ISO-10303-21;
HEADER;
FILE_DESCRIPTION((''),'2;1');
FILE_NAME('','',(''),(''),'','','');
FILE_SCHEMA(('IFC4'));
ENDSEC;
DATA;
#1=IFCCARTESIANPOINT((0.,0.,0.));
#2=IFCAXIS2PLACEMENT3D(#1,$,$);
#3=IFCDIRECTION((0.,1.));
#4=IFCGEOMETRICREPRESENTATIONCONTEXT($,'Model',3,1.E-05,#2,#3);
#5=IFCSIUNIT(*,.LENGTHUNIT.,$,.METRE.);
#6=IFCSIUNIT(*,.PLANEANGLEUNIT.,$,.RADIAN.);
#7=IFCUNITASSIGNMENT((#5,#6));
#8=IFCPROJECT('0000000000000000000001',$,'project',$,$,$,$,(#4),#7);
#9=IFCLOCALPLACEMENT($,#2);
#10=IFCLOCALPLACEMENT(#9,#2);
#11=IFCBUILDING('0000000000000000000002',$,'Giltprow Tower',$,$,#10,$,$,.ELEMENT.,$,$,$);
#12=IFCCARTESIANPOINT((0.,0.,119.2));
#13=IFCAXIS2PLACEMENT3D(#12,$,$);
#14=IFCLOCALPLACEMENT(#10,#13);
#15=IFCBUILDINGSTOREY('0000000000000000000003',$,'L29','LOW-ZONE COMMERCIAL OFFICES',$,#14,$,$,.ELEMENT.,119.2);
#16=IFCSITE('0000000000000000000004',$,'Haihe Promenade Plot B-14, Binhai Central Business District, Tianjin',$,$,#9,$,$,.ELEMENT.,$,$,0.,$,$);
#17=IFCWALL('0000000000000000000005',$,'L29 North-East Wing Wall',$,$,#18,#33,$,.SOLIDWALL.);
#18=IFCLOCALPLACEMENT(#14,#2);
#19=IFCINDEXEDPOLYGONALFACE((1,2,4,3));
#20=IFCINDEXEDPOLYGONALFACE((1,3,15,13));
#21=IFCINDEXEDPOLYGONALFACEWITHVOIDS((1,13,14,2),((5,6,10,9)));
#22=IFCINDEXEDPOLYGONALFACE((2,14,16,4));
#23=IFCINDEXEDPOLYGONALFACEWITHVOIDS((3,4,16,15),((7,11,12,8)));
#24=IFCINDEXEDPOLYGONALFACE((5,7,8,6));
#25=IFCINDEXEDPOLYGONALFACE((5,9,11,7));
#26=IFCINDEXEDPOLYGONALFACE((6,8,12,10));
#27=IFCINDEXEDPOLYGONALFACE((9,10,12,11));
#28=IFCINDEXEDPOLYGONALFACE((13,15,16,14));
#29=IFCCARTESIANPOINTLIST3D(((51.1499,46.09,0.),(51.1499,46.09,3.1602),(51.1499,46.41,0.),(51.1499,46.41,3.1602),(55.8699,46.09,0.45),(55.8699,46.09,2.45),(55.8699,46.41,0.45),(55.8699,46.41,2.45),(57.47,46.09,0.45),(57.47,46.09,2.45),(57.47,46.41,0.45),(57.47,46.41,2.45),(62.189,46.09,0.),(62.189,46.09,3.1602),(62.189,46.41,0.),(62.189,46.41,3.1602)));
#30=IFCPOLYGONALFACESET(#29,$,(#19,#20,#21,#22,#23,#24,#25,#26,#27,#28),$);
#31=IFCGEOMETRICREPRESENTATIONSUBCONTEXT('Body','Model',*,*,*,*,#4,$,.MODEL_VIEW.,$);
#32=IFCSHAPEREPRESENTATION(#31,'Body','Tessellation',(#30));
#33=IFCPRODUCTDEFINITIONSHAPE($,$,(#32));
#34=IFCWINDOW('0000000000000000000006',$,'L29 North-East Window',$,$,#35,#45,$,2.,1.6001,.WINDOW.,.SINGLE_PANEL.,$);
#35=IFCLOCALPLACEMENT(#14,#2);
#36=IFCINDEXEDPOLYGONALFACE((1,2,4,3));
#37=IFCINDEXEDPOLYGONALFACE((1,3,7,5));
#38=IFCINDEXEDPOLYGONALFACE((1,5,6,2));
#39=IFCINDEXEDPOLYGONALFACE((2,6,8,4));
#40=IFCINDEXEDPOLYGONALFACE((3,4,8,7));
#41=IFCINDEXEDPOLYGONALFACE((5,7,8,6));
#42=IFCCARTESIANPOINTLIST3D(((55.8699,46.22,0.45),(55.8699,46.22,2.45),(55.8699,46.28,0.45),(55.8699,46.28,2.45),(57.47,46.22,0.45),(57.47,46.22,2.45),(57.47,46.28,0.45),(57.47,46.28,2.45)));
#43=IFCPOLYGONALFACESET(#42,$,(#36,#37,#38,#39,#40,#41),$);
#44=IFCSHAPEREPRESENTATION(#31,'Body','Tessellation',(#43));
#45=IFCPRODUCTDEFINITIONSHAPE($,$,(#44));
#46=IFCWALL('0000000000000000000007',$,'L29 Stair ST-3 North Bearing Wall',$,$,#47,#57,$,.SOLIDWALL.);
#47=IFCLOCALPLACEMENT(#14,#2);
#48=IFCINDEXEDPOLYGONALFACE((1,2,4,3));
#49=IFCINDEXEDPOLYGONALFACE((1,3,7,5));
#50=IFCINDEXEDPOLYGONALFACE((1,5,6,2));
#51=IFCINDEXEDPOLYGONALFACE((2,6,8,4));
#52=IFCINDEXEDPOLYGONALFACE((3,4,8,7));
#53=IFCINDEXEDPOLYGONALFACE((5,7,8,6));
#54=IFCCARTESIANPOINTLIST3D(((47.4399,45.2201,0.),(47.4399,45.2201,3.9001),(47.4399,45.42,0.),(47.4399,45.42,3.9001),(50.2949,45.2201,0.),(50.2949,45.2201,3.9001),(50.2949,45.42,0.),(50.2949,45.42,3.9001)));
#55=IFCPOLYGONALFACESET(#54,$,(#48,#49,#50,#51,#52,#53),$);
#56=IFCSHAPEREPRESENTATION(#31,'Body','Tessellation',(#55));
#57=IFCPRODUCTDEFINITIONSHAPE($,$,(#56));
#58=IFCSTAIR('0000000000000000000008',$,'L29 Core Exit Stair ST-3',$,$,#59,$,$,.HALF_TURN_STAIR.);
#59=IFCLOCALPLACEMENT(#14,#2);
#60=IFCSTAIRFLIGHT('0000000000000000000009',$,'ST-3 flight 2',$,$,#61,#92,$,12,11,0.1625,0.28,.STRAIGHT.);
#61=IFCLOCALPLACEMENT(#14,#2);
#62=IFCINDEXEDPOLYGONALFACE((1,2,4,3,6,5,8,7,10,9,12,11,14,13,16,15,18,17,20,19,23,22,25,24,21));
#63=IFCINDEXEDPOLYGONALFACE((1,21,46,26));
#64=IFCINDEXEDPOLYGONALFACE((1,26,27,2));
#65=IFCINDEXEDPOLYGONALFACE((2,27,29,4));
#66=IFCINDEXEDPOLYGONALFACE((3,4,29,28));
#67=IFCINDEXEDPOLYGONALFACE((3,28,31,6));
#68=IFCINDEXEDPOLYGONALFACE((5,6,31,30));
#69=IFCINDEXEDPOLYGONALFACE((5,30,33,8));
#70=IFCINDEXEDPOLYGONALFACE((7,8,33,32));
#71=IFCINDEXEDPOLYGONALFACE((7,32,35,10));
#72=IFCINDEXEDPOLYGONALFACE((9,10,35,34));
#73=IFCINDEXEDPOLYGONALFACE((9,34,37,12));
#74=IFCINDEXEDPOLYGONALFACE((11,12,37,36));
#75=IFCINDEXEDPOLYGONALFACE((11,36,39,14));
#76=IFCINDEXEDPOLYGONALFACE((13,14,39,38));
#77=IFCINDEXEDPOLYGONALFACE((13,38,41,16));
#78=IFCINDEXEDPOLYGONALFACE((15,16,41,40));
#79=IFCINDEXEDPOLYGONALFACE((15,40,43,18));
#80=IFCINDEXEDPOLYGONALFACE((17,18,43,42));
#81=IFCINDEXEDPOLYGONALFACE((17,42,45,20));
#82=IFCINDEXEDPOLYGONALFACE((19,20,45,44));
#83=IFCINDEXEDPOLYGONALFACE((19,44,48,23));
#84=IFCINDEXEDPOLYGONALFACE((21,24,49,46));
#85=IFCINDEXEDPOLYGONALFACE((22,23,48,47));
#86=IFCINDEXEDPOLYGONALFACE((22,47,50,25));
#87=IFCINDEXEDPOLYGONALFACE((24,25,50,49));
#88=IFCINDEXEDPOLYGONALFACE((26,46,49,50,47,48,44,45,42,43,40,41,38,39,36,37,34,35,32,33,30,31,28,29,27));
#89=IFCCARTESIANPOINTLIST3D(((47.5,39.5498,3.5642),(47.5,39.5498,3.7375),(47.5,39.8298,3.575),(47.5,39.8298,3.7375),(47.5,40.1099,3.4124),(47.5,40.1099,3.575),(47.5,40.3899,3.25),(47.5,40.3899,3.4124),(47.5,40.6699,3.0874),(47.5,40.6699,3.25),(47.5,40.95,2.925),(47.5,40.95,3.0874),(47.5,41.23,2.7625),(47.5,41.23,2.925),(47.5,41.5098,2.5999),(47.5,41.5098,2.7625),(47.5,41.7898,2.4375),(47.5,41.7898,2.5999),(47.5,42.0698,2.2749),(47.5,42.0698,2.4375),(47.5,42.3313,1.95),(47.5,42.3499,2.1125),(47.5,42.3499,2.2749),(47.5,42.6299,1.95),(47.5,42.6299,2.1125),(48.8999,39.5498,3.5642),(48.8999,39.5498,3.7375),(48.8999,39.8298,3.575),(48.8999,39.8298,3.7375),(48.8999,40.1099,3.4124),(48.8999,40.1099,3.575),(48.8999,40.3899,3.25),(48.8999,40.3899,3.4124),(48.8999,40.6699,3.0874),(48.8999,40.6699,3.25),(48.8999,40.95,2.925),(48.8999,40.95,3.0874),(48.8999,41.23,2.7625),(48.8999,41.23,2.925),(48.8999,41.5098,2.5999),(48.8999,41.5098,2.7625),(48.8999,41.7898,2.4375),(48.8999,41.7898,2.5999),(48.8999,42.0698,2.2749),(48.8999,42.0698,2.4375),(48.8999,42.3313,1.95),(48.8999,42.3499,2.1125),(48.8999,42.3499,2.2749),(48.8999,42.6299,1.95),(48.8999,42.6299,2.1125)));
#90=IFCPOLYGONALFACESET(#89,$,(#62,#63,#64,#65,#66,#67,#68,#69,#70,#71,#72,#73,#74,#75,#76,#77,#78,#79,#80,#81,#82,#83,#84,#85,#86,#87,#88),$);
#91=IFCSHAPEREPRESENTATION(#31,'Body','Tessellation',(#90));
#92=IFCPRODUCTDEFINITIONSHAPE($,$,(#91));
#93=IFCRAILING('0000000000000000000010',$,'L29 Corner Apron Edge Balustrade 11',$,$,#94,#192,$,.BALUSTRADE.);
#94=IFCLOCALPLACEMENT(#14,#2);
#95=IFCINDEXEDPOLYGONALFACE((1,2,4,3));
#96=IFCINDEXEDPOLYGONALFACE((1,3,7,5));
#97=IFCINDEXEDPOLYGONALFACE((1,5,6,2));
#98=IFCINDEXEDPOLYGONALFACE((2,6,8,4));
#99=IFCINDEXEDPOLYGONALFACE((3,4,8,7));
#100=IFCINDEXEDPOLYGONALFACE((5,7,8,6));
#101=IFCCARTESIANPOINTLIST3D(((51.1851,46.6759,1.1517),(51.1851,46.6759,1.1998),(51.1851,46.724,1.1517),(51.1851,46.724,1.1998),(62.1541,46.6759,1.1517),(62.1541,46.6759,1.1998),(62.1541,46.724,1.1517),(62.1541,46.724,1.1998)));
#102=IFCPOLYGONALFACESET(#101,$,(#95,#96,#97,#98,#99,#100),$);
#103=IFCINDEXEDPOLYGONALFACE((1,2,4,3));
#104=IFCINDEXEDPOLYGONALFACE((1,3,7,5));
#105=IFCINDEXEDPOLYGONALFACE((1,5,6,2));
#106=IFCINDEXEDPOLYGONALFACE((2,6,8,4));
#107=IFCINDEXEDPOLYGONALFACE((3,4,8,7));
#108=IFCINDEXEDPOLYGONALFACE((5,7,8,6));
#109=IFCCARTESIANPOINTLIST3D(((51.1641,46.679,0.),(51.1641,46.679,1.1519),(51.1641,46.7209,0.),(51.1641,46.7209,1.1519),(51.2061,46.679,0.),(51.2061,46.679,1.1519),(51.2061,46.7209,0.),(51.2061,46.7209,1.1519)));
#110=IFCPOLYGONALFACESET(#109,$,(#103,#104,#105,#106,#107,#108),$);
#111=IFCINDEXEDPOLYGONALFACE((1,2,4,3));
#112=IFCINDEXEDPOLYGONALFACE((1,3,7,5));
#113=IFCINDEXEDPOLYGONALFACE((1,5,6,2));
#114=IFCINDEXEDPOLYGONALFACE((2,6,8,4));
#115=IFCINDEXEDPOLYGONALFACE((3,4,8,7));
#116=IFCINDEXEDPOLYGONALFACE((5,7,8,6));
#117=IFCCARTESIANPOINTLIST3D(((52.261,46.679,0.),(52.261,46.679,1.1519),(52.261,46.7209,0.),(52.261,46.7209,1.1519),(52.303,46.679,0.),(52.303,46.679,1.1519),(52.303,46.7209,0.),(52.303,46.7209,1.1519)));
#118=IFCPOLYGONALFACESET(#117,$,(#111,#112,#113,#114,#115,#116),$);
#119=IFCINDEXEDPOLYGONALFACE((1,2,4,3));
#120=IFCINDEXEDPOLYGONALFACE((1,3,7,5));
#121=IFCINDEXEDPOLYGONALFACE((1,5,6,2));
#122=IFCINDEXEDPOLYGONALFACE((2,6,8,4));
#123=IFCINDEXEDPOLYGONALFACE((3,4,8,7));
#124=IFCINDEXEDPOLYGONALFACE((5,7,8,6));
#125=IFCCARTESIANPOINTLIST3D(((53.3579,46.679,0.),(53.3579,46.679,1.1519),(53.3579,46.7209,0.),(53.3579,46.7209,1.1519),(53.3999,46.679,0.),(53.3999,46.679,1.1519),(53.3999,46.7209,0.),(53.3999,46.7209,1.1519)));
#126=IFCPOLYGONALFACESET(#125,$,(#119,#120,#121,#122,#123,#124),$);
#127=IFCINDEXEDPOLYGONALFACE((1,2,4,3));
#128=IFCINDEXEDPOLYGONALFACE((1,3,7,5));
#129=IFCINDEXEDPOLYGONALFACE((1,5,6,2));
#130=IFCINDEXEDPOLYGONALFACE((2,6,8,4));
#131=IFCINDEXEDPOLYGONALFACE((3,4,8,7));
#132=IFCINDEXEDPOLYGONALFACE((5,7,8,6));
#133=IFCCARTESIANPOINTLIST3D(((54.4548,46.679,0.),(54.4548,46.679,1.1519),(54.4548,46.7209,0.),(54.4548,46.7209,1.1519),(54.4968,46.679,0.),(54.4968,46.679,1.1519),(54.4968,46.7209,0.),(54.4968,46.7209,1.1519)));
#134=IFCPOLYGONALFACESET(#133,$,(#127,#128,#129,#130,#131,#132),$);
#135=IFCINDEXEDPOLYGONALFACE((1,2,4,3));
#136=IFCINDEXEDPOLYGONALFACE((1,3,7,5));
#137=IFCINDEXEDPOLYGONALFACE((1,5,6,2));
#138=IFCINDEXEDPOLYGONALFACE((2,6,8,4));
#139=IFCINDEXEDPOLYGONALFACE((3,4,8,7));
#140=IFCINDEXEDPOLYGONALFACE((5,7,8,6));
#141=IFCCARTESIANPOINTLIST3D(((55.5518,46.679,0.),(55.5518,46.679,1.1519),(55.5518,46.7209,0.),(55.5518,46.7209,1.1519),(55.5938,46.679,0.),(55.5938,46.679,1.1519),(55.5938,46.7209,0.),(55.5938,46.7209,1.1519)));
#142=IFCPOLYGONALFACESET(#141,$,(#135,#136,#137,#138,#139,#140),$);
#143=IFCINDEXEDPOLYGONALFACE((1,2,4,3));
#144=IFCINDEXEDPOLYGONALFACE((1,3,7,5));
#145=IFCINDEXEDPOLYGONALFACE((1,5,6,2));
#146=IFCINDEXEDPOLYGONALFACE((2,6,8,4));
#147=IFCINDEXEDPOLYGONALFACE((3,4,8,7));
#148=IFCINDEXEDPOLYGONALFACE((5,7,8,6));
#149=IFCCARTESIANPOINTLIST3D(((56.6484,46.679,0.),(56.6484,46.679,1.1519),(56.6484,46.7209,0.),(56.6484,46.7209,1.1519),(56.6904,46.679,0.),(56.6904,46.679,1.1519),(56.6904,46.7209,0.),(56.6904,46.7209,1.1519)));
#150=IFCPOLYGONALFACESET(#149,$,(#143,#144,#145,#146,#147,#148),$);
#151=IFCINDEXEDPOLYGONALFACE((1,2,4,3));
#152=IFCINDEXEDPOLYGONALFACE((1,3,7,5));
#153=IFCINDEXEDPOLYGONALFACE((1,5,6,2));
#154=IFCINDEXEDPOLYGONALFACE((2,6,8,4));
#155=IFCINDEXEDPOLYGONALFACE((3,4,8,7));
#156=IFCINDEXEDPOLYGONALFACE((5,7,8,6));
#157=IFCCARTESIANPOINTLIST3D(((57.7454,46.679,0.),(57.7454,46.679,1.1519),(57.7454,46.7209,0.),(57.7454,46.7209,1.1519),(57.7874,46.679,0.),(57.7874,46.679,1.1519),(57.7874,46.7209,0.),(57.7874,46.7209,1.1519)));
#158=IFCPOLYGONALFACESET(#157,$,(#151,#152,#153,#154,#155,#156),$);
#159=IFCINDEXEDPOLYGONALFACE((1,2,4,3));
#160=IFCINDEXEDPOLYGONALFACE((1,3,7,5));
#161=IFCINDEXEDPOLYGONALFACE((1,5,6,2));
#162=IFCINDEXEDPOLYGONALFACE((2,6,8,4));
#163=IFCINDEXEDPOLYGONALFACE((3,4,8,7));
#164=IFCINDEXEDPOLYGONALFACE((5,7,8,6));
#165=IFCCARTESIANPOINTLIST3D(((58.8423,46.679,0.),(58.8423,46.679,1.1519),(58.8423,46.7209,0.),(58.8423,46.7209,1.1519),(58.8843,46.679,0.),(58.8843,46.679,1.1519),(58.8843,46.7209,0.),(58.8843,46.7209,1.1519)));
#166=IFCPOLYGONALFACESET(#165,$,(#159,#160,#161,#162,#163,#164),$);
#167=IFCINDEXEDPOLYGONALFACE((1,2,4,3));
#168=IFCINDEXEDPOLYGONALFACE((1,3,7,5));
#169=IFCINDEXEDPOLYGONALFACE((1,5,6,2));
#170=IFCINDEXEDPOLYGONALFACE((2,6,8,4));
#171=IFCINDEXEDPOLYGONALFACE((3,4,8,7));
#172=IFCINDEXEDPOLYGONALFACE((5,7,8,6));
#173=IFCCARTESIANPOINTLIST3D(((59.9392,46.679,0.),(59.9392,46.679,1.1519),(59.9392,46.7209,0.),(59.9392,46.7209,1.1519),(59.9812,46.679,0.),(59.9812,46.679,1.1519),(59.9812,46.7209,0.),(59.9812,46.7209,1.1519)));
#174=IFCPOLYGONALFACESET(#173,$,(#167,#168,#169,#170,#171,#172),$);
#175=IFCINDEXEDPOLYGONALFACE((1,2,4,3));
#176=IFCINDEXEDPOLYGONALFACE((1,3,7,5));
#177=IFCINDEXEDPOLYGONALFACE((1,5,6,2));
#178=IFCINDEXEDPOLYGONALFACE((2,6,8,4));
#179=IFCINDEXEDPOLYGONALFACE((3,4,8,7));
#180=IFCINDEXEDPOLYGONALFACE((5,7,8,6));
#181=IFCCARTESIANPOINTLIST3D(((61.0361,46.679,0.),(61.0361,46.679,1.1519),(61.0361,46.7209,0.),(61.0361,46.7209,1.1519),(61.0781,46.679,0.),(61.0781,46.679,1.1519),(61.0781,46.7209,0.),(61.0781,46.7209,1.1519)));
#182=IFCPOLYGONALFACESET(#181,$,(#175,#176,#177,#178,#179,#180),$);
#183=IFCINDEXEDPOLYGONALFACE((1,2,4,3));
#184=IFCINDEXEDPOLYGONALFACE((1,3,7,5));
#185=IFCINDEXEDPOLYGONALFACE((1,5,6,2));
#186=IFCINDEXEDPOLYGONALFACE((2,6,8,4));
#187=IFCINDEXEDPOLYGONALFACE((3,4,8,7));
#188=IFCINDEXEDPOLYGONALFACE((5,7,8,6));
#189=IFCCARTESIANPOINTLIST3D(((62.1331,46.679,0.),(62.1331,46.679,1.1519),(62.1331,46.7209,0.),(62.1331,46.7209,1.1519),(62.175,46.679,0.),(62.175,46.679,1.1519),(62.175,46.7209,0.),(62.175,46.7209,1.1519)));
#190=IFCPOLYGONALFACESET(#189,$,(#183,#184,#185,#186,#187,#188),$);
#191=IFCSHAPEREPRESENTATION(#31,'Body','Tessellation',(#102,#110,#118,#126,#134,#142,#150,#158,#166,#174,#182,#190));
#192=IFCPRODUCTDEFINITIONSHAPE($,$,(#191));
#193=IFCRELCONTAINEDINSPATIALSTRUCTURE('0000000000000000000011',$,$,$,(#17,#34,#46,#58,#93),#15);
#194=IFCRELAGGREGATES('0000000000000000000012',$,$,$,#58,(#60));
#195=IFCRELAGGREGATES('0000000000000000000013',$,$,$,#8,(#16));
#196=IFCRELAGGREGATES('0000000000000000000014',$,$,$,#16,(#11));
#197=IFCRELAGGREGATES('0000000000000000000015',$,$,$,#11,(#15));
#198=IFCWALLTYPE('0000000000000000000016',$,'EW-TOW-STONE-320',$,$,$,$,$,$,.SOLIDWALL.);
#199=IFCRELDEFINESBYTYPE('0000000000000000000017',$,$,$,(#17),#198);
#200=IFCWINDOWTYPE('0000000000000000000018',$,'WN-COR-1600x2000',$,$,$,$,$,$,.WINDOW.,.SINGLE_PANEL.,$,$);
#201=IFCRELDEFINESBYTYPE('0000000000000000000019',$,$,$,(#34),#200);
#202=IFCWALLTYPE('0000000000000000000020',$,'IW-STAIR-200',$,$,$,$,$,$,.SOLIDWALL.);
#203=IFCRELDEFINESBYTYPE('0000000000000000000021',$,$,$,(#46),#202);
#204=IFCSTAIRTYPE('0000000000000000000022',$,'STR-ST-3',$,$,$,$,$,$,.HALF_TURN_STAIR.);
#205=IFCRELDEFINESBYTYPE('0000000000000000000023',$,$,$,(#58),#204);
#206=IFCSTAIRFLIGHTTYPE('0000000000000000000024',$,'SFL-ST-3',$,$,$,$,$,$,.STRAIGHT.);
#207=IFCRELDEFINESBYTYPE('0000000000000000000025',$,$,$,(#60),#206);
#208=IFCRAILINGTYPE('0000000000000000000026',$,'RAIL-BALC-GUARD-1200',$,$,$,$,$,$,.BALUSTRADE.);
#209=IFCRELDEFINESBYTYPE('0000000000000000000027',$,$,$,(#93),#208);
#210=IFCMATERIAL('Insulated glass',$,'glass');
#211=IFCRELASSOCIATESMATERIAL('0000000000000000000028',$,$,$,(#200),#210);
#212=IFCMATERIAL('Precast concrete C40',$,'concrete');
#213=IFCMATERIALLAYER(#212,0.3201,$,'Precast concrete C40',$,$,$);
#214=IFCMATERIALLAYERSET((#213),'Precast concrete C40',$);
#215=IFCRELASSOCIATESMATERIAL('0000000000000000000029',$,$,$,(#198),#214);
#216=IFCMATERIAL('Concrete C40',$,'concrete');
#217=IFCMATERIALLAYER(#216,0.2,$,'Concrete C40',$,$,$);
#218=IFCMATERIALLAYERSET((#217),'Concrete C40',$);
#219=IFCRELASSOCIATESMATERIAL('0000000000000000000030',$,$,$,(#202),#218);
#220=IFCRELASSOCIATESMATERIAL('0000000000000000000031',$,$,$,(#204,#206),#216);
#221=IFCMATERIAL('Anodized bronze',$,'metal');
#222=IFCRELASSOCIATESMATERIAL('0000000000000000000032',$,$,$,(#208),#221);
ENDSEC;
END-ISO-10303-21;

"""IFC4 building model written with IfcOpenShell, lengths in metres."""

from ifc_helpers import new_model, si_unit, direction, frame, frame_2d, origin, origin_2d, place, context, subcontext, project, spatial, polyline, rectangle, outline, extrude, source, transform, mapped, material, layer, layer_set, type_object, element, fill, aggregate, save


model = new_model("IFC4")

# Units and contexts
model_context = context("Model", 3, precision=1e-05, world=origin(), true_north=direction((0.0, 1.0)))
body_context = subcontext(model_context, "Body", "Model", "MODEL_VIEW")
ifc_project = project(units=[si_unit("LENGTHUNIT", "METRE"), si_unit("PLANEANGLEUNIT", "RADIAN")], contexts=[model_context])

# Site, building, storey
site_placement = place(None, origin())
site = spatial("IfcSite", under=ifc_project, at=site_placement, Name="Haihe Promenade Plot B-14, Binhai Central Business District, Tianjin", CompositionType="ELEMENT", RefElevation=0.0)
building_placement = place(site_placement, origin())
building = spatial("IfcBuilding", under=site, at=building_placement, Name="Giltprow Tower", CompositionType="ELEMENT")
storey_placement = place(building_placement, frame((0.0, 0.0, 119.2)))
storey = spatial("IfcBuildingStorey", under=building, at=storey_placement, Name="L29", Description="LOW-ZONE COMMERCIAL OFFICES", CompositionType="ELEMENT", Elevation=119.2)

# Wall, opening, window
ifc_material_1 = material(Name="Precast concrete C40", Category="concrete")
ifc_material_2 = material(Name="Insulated glass", Category="glass")
window_type = type_object("IfcWindowType", Name="WN-COR-1600x2000", PartitioningType="SINGLE_PANEL", PredefinedType="WINDOW", material=ifc_material_2)
shared_shape_1 = source(origin(), body_context, "Body", "SweptSolid", [
    extrude(rectangle(XDim=1.6001, YDim=2.0, at=frame_2d((0.8, 1.0))), frame((0.0, 0.03, 0.0), z_axis=(0.0, -1.0, 0.0), x_axis=(1.0, 0.0, 0.0)), (0.0, 0.0, 1.0), 0.0601),
])
ifc_layer_1 = layer(ifc_material_1, 0.3201, Name="Precast concrete C40")
ifc_layer_set_1 = layer_set([ifc_layer_1], Name="Precast concrete C40")
wall_type_1 = type_object("IfcWallType", Name="EW-TOW-STONE-320", PredefinedType="SOLIDWALL", material=ifc_layer_set_1)
wall_1_placement = place(storey_placement, frame((51.1499, 46.25, 0.0), z_axis=(0.0, 0.0, 1.0), x_axis=(1.0, 0.0, 0.0)))
wall_1 = element("IfcWall", 1, at=wall_1_placement, inside=storey, type_object=wall_type_1, Name="L29 North-East Wing Wall", PredefinedType="SOLIDWALL", context=body_context, shape_type="SweptSolid", body=[
    extrude(rectangle(XDim=11.0391, YDim=0.3201, at=frame_2d((5.5195, 0.0))), origin(), (0.0, 0.0, 1.0), 3.1602),
])
opening_1_placement = place(wall_1_placement, frame((4.72, 0.0, 0.45)))
opening_1 = element("IfcOpeningElement", 2, at=opening_1_placement, cuts=wall_1, PredefinedType="OPENING", context=body_context, shape_type="SweptSolid", body=[
    extrude(rectangle(XDim=1.6001, YDim=2.0, at=frame_2d((0.8, 1.0))), frame((0.0, 0.1699, 0.0), z_axis=(0.0, -1.0, 0.0), x_axis=(1.0, 0.0, 0.0)), (0.0, 0.0, 1.0), 0.3401),
])
window_1_placement = place(opening_1_placement, origin())
window_1 = element("IfcWindow", 3, at=window_1_placement, inside=storey, type_object=window_type, Name="L29 North-East Window", OverallHeight=2.0, OverallWidth=1.6001, PartitioningType="SINGLE_PANEL", PredefinedType="WINDOW", context=body_context, shape_type="MappedRepresentation", body=[
    mapped(shared_shape_1, transform((0.0, 0.0, 0.0), x_axis=(1.0, 0.0, 0.0), y_axis=(0.0, 1.0, 0.0), z_axis=(0.0, 0.0, 1.0), scale=1.0)),
])
fill(opening_1, window_1)

# Wall
ifc_material_3 = material(Name="Concrete C40", Category="concrete")
ifc_layer_2 = layer(ifc_material_3, 0.2, Name="Concrete C40")
ifc_layer_set_2 = layer_set([ifc_layer_2], Name="Concrete C40")
wall_type_2 = type_object("IfcWallType", Name="IW-STAIR-200", PredefinedType="SOLIDWALL", material=ifc_layer_set_2)
wall_2_placement = place(storey_placement, frame((47.4399, 45.3201, 0.0), z_axis=(0.0, 0.0, 1.0), x_axis=(1.0, 0.0, 0.0)))
element("IfcWall", 4, at=wall_2_placement, inside=storey, type_object=wall_type_2, Name="L29 Stair ST-3 North Bearing Wall", PredefinedType="SOLIDWALL", context=body_context, shape_type="SweptSolid", body=[
    extrude(rectangle(XDim=2.855, YDim=0.2, at=frame_2d((1.4275, 0.0))), origin(), (0.0, 0.0, 1.0), 3.9001),
])

# Stair, stair flight
stair_type = type_object("IfcStairType", Name="STR-ST-3", PredefinedType="HALF_TURN_STAIR", material=ifc_material_3)
stair_placement = place(storey_placement, origin())
stair = element("IfcStair", 5, at=stair_placement, inside=storey, type_object=stair_type, Name="L29 Core Exit Stair ST-3", PredefinedType="HALF_TURN_STAIR")
stair_flight_type = type_object("IfcStairFlightType", Name="SFL-ST-3", PredefinedType="STRAIGHT", material=ifc_material_3)
stair_flight_placement = place(storey_placement, frame((48.2, 42.6299, 1.95), z_axis=(0.0, 0.0, 1.0), x_axis=(0.0, -1.0, 0.0)))
stair_flight = element("IfcStairFlight", 6, at=stair_flight_placement, type_object=stair_flight_type, Name="ST-3 flight 2", NumberOfRisers=12, NumberOfTreads=11, PredefinedType="STRAIGHT", RiserHeight=0.1625, TreadLength=0.28, context=body_context, shape_type="SweptSolid", body=[
    extrude(outline(polyline([(0.0, 0.0), (0.0, 0.1626), (0.28, 0.1626), (0.28, 0.325), (0.5601, 0.325), (0.5601, 0.4875), (0.8401, 0.4875), (0.8401, 0.6499), (1.1201, 0.6499), (1.1201, 0.8125), (1.3999, 0.8125), (1.3999, 0.9751), (1.6799, 0.9751), (1.6799, 1.1375), (1.96, 1.1375), (1.96, 1.3), (2.24, 1.3), (2.24, 1.4624), (2.52, 1.4624), (2.52, 1.625), (2.8, 1.625), (2.8, 1.7876), (3.0801, 1.7876), (3.0801, 1.95), (3.0801, 1.6143), (0.2986, 0.0), (0.0, 0.0)])), frame((0.0, 0.7, 0.0), z_axis=(0.0, -1.0, 0.0), x_axis=(1.0, 0.0, 0.0)), (0.0, 0.0, 1.0), 1.3999),
])
aggregate(stair, [stair_flight])

# Railing
ifc_material_4 = material(Name="Anodized bronze", Category="metal")
railing_type_1 = type_object("IfcRailingType", Name="RAIL-BALC-GUARD-1200", PredefinedType="BALUSTRADE", material=ifc_material_4)
railing_1_placement = place(storey_placement, frame((51.1851, 46.7, 0.0)))
element("IfcRailing", 7, at=railing_1_placement, inside=storey, type_object=railing_type_1, Name="L29 Corner Apron Edge Balustrade 11", PredefinedType="BALUSTRADE", context=body_context, shape_type="SweptSolid", body=[
    extrude(rectangle(XDim=0.0481, YDim=0.0481, at=origin_2d()), frame((0.0, 0.0, 1.1758), z_axis=(1.0, 0.0, 0.0), x_axis=(0.0, 1.0, 0.0)), (0.0, 0.0, 1.0), 10.969),
    extrude(rectangle(XDim=0.042, YDim=0.042, at=origin_2d()), origin(), (0.0, 0.0, 1.0), 1.1519),
    extrude(rectangle(XDim=0.042, YDim=0.042, at=origin_2d()), frame((1.0969, 0.0, 0.0)), (0.0, 0.0, 1.0), 1.1519),
    extrude(rectangle(XDim=0.042, YDim=0.042, at=origin_2d()), frame((2.1938, 0.0, 0.0)), (0.0, 0.0, 1.0), 1.1519),
    extrude(rectangle(XDim=0.042, YDim=0.042, at=origin_2d()), frame((3.2908, 0.0, 0.0)), (0.0, 0.0, 1.0), 1.1519),
    extrude(rectangle(XDim=0.042, YDim=0.042, at=origin_2d()), frame((4.3877, 0.0, 0.0)), (0.0, 0.0, 1.0), 1.1519),
    extrude(rectangle(XDim=0.042, YDim=0.042, at=origin_2d()), frame((5.4844, 0.0, 0.0)), (0.0, 0.0, 1.0), 1.1519),
    extrude(rectangle(XDim=0.042, YDim=0.042, at=origin_2d()), frame((6.5813, 0.0, 0.0)), (0.0, 0.0, 1.0), 1.1519),
    extrude(rectangle(XDim=0.042, YDim=0.042, at=origin_2d()), frame((7.6782, 0.0, 0.0)), (0.0, 0.0, 1.0), 1.1519),
    extrude(rectangle(XDim=0.042, YDim=0.042, at=origin_2d()), frame((8.7751, 0.0, 0.0)), (0.0, 0.0, 1.0), 1.1519),
    extrude(rectangle(XDim=0.042, YDim=0.042, at=origin_2d()), frame((9.8721, 0.0, 0.0)), (0.0, 0.0, 1.0), 1.1519),
    extrude(rectangle(XDim=0.042, YDim=0.042, at=origin_2d()), frame((10.969, 0.0, 0.0)), (0.0, 0.0, 1.0), 1.1519),
])

save(model, "model.ifc")
